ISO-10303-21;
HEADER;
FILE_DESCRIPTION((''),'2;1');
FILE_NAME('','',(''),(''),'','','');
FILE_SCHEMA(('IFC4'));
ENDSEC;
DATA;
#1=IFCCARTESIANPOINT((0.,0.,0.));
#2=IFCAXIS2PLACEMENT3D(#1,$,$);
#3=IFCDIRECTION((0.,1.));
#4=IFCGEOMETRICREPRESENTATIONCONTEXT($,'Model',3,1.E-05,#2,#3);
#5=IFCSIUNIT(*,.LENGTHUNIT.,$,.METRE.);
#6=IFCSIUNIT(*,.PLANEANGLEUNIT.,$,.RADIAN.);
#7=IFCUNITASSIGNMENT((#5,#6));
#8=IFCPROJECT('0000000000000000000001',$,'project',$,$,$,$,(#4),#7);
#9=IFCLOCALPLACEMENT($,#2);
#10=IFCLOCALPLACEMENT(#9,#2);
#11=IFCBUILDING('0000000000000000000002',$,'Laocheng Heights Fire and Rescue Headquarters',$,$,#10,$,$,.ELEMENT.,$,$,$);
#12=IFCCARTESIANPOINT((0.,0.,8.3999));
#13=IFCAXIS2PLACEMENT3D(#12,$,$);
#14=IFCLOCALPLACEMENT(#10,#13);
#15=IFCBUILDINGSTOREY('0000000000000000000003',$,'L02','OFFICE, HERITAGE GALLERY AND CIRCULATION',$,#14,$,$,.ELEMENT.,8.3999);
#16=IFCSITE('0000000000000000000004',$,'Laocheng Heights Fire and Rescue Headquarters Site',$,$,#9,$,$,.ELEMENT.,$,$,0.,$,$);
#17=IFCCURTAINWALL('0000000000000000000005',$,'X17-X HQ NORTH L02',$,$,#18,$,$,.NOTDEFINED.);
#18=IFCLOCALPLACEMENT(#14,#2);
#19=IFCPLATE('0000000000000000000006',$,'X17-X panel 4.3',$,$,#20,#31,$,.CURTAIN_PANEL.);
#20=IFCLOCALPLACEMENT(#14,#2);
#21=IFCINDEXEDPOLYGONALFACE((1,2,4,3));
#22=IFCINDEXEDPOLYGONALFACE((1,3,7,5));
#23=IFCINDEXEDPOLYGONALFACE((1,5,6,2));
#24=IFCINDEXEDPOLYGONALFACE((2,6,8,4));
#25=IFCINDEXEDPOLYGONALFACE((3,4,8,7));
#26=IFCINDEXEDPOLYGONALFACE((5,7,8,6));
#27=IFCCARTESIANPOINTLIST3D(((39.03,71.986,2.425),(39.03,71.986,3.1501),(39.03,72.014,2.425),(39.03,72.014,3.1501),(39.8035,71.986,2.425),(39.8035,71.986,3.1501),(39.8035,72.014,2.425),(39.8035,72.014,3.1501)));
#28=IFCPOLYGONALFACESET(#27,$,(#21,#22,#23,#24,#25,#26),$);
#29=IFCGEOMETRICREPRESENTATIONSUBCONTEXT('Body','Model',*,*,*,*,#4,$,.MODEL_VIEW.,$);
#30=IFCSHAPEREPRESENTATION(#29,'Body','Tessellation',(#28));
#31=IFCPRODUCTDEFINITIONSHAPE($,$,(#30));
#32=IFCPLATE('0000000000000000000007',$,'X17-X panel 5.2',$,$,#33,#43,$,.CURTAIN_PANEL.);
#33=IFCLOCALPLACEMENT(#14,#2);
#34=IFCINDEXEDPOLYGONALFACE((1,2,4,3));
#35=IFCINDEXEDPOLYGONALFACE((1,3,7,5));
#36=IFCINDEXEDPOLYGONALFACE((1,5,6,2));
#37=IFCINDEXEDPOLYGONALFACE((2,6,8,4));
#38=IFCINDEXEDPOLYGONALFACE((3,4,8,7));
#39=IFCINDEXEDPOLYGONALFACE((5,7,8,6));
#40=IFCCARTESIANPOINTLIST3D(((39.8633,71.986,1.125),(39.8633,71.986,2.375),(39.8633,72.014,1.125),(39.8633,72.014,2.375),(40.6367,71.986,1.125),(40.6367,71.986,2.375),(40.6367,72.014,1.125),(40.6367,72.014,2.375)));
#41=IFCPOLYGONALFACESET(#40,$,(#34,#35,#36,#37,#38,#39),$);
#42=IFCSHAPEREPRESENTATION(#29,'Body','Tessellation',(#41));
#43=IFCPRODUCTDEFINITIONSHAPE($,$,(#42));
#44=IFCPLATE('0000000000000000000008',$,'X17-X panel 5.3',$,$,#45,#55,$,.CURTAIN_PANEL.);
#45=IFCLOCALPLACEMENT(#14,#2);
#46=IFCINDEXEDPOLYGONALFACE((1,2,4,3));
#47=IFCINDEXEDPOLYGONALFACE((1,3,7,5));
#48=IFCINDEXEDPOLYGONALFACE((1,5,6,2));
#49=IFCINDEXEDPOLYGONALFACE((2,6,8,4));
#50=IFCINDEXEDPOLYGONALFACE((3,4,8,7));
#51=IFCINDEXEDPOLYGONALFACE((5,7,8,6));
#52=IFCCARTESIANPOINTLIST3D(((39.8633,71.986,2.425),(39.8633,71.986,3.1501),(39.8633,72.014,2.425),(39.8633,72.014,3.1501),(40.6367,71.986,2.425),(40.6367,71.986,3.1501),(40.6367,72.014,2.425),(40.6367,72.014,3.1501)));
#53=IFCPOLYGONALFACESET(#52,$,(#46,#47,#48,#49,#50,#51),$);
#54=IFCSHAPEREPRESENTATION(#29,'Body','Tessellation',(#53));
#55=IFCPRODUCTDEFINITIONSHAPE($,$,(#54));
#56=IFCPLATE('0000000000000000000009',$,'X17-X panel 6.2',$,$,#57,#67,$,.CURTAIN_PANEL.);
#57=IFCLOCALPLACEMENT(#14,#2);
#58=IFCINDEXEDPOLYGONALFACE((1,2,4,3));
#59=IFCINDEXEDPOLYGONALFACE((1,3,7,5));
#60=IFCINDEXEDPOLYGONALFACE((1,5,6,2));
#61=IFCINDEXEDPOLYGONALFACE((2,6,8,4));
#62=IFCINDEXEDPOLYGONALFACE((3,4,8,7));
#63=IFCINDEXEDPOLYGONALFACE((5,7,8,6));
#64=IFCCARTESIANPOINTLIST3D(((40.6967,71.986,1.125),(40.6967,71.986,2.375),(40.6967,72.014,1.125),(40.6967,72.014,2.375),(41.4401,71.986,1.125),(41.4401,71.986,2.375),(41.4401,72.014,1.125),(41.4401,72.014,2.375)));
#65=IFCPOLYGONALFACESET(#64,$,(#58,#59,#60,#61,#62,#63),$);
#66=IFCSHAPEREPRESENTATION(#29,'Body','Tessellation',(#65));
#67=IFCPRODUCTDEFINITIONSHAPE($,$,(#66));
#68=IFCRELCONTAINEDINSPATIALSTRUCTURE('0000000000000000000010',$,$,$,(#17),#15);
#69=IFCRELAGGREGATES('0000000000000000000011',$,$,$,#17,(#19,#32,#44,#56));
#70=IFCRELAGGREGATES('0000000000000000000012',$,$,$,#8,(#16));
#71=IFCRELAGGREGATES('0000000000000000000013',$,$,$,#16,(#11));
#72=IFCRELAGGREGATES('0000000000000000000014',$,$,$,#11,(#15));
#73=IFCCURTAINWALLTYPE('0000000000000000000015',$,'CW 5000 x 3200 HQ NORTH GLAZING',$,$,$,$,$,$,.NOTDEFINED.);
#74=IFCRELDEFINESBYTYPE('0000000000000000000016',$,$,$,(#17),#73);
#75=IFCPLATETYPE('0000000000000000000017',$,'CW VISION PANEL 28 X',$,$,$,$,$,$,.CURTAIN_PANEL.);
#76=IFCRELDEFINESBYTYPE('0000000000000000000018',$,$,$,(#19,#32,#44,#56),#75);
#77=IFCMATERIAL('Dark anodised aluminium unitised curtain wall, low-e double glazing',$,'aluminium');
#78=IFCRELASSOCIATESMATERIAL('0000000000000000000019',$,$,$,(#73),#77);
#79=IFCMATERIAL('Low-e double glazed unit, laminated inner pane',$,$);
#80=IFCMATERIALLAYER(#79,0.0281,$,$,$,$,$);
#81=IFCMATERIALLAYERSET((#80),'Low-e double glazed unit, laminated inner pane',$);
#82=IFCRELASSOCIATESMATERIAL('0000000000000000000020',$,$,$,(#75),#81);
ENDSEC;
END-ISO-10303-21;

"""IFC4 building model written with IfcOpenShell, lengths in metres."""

from ifc_helpers import new_model, si_unit, direction, frame, origin, origin_2d, place, context, subcontext, project, spatial, rectangle, extrude, material, layer, layer_set, type_object, element, aggregate, save


model = new_model("IFC4")

# Units and contexts
model_context = context("Model", 3, precision=1e-05, world=origin(), true_north=direction((0.0, 1.0)))
body_context = subcontext(model_context, "Body", "Model", "MODEL_VIEW")
ifc_project = project(units=[si_unit("LENGTHUNIT", "METRE"), si_unit("PLANEANGLEUNIT", "RADIAN")], contexts=[model_context])

# Site, building, storey
site_placement = place(None, origin())
site = spatial("IfcSite", under=ifc_project, at=site_placement, Name="Laocheng Heights Fire and Rescue Headquarters Site", CompositionType="ELEMENT", RefElevation=0.0)
building_placement = place(site_placement, origin())
building = spatial("IfcBuilding", under=site, at=building_placement, Name="Laocheng Heights Fire and Rescue Headquarters", CompositionType="ELEMENT")
storey_placement = place(building_placement, frame((0.0, 0.0, 8.3999)))
storey = spatial("IfcBuildingStorey", under=building, at=storey_placement, Name="L02", Description="OFFICE, HERITAGE GALLERY AND CIRCULATION", CompositionType="ELEMENT", Elevation=8.3999)

# Curtain wall
ifc_material_1 = material(Name="Dark anodised aluminium unitised curtain wall, low-e double glazing", Category="aluminium")
curtain_wall_type = type_object("IfcCurtainWallType", Name="CW 5000 x 3200 HQ NORTH GLAZING", PredefinedType="NOTDEFINED", material=ifc_material_1)
curtain_wall_placement = place(storey_placement, origin())
curtain_wall = element("IfcCurtainWall", 1, at=curtain_wall_placement, inside=storey, type_object=curtain_wall_type, Name="X17-X HQ NORTH L02", PredefinedType="NOTDEFINED")

# Plates
ifc_material_2 = material(Name="Low-e double glazed unit, laminated inner pane")
ifc_layer_1 = layer(ifc_material_2, 0.0281)
ifc_layer_set_1 = layer_set([ifc_layer_1], Name="Low-e double glazed unit, laminated inner pane")
plate_type_1 = type_object("IfcPlateType", Name="CW VISION PANEL 28 X", PredefinedType="CURTAIN_PANEL", material=ifc_layer_set_1)
plate_1_placement = place(storey_placement, frame((39.4167, 72.0, 2.425), z_axis=(0.0, 0.0, 1.0), x_axis=(1.0, 0.0, 0.0)))
plate_1 = element("IfcPlate", 2, at=plate_1_placement, type_object=plate_type_1, Name="X17-X panel 4.3", PredefinedType="CURTAIN_PANEL", context=body_context, shape_type="SweptSolid", body=[
    extrude(rectangle(XDim=0.7734, YDim=0.0281, at=origin_2d()), origin(), (0.0, 0.0, 1.0), 0.7251),
])
plate_2_placement = place(storey_placement, frame((40.25, 72.0, 1.125), z_axis=(0.0, 0.0, 1.0), x_axis=(1.0, 0.0, 0.0)))
plate_2 = element("IfcPlate", 3, at=plate_2_placement, type_object=plate_type_1, Name="X17-X panel 5.2", PredefinedType="CURTAIN_PANEL", context=body_context, shape_type="SweptSolid", body=[
    extrude(rectangle(XDim=0.7734, YDim=0.0281, at=origin_2d()), origin(), (0.0, 0.0, 1.0), 1.25),
])
plate_3_placement = place(storey_placement, frame((40.25, 72.0, 2.425), z_axis=(0.0, 0.0, 1.0), x_axis=(1.0, 0.0, 0.0)))
plate_3 = element("IfcPlate", 4, at=plate_3_placement, type_object=plate_type_1, Name="X17-X panel 5.3", PredefinedType="CURTAIN_PANEL", context=body_context, shape_type="SweptSolid", body=[
    extrude(rectangle(XDim=0.7734, YDim=0.0281, at=origin_2d()), origin(), (0.0, 0.0, 1.0), 0.7251),
])
plate_4_placement = place(storey_placement, frame((41.0684, 72.0, 1.125), z_axis=(0.0, 0.0, 1.0), x_axis=(1.0, 0.0, 0.0)))
plate_4 = element("IfcPlate", 5, at=plate_4_placement, type_object=plate_type_1, Name="X17-X panel 6.2", PredefinedType="CURTAIN_PANEL", context=body_context, shape_type="SweptSolid", body=[
    extrude(rectangle(XDim=0.7434, YDim=0.0281, at=origin_2d()), origin(), (0.0, 0.0, 1.0), 1.25),
])
aggregate(curtain_wall, [plate_1, plate_2, plate_3, plate_4])

save(model, "model.ifc")
